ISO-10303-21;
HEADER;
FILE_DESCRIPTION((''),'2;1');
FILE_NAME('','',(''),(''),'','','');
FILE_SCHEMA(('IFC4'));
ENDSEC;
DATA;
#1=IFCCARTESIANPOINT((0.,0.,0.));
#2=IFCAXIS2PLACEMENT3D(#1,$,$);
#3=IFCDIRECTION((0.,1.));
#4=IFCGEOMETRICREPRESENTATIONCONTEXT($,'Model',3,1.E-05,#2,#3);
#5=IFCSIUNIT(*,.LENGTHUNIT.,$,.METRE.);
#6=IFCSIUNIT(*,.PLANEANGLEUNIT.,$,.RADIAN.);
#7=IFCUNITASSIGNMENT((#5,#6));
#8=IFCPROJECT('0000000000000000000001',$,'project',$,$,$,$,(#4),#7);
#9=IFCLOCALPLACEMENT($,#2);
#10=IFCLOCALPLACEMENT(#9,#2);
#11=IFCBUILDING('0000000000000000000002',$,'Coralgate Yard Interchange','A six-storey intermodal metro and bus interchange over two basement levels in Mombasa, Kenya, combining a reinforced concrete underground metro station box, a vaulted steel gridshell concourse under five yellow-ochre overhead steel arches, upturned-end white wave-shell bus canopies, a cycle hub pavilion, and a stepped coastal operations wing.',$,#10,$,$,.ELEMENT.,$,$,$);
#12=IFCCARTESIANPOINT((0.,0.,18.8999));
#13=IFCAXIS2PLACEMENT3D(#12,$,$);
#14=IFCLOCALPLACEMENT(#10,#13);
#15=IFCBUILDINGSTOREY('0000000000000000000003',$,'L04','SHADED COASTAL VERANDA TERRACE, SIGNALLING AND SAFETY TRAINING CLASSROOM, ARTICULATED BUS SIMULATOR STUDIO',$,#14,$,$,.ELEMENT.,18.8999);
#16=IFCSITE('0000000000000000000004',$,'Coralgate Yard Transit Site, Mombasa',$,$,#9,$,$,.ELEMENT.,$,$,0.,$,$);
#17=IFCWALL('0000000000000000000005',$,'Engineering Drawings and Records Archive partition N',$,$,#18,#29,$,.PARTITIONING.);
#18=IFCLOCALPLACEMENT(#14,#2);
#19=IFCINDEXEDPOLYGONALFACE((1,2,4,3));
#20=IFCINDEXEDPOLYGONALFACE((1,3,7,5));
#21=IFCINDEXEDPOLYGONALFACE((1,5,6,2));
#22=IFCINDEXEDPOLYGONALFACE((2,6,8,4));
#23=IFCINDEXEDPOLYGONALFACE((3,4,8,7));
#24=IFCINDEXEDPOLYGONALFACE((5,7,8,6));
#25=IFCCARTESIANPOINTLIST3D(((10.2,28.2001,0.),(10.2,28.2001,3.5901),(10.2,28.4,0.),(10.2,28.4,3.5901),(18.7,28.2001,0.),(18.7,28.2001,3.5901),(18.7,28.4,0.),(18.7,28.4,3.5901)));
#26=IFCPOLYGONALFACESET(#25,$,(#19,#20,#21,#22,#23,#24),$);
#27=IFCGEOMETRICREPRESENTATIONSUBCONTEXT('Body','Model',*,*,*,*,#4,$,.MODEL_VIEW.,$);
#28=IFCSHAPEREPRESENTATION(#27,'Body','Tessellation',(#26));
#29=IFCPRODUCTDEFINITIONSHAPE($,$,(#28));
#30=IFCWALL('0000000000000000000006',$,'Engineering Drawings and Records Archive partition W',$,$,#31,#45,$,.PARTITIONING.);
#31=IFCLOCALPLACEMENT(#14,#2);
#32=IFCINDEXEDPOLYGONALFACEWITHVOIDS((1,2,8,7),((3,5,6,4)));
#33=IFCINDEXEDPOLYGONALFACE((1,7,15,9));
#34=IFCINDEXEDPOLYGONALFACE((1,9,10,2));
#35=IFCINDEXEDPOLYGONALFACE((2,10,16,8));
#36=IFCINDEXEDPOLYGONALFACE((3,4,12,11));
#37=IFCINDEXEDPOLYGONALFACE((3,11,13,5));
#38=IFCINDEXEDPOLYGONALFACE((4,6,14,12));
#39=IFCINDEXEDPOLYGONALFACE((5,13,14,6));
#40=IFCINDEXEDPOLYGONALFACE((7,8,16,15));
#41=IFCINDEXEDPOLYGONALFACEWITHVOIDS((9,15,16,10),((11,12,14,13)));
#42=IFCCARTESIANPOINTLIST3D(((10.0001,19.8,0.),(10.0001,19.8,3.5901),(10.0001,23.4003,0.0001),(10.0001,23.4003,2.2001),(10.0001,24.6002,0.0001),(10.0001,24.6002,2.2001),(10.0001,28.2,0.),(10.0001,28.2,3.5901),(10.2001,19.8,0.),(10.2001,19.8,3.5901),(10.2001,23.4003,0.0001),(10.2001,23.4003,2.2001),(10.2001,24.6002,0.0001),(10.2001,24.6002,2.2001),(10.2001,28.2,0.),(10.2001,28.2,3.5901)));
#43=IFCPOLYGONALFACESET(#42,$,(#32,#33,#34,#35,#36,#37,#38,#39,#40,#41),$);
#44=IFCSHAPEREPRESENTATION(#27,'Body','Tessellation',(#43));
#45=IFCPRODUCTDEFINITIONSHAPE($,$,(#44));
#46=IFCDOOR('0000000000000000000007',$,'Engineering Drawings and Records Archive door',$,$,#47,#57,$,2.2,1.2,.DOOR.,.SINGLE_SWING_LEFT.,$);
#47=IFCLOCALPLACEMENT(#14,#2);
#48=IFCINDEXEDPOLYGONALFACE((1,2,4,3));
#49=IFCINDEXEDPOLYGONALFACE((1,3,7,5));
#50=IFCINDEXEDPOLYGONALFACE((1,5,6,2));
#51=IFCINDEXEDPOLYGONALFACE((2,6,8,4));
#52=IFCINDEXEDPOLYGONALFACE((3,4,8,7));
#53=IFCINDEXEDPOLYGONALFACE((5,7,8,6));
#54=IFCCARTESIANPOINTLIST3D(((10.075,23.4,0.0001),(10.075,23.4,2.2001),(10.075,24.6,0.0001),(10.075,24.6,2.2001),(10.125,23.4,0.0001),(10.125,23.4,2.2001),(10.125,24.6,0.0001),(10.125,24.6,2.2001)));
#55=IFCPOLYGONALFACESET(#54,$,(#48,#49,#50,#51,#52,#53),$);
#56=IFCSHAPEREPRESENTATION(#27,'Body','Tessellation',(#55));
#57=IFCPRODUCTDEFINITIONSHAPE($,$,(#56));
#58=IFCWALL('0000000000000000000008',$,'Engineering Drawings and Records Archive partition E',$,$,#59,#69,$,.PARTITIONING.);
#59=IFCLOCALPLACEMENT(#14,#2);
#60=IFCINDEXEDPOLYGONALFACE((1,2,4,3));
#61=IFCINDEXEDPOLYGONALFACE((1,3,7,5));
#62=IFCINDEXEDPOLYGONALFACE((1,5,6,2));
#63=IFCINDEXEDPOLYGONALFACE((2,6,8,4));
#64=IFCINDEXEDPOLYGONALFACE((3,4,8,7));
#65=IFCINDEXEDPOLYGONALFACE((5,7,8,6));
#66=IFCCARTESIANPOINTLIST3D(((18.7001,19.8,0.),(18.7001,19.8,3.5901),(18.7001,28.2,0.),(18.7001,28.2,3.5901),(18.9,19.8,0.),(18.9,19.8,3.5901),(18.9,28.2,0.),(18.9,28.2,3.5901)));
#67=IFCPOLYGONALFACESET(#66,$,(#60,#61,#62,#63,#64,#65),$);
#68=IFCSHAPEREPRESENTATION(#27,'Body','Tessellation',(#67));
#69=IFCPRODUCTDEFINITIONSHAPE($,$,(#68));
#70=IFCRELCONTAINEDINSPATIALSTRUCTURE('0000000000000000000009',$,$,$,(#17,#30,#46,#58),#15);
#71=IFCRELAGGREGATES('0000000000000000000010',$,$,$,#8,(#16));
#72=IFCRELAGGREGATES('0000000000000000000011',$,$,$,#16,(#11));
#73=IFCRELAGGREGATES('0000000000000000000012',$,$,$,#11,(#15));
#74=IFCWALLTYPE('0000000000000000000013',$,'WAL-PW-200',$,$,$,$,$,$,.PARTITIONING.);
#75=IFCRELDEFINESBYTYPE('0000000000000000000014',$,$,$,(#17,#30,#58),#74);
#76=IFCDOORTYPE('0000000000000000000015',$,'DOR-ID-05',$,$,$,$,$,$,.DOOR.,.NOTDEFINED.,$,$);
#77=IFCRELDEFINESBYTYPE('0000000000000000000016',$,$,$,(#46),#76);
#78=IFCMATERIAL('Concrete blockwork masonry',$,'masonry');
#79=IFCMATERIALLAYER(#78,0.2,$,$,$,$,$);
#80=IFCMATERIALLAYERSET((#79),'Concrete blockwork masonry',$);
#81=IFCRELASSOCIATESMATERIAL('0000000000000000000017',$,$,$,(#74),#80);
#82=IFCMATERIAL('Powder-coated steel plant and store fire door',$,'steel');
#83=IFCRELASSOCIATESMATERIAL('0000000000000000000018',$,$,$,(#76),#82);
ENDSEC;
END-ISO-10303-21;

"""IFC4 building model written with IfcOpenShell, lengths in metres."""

from ifc_helpers import new_model, si_unit, direction, frame, frame_2d, origin, place, context, subcontext, project, spatial, rectangle, extrude, material, layer, layer_set, type_object, element, fill, save


model = new_model("IFC4")

# Units and contexts
model_context = context("Model", 3, precision=1e-05, world=origin(), true_north=direction((0.0, 1.0)))
body_context = subcontext(model_context, "Body", "Model", "MODEL_VIEW")
ifc_project = project(units=[si_unit("LENGTHUNIT", "METRE"), si_unit("PLANEANGLEUNIT", "RADIAN")], contexts=[model_context])

# Site, building, storey
site_placement = place(None, origin())
site = spatial("IfcSite", under=ifc_project, at=site_placement, Name="Coralgate Yard Transit Site, Mombasa", CompositionType="ELEMENT", RefElevation=0.0)
building_placement = place(site_placement, origin())
building = spatial("IfcBuilding", under=site, at=building_placement, Name="Coralgate Yard Interchange", Description="A six-storey intermodal metro and bus interchange over two basement levels in Mombasa, Kenya, combining a reinforced concrete underground metro station box, a vaulted steel gridshell concourse under five yellow-ochre overhead steel arches, upturned-end white wave-shell bus canopies, a cycle hub pavilion, and a stepped coastal operations wing.", CompositionType="ELEMENT")
storey_placement = place(building_placement, frame((0.0, 0.0, 18.8999)))
storey = spatial("IfcBuildingStorey", under=building, at=storey_placement, Name="L04", Description="SHADED COASTAL VERANDA TERRACE, SIGNALLING AND SAFETY TRAINING CLASSROOM, ARTICULATED BUS SIMULATOR STUDIO", CompositionType="ELEMENT", Elevation=18.8999)

# Wall
ifc_material_1 = material(Name="Concrete blockwork masonry", Category="masonry")
ifc_layer_1 = layer(ifc_material_1, 0.2)
ifc_layer_set_1 = layer_set([ifc_layer_1], Name="Concrete blockwork masonry")
wall_type = type_object("IfcWallType", Name="WAL-PW-200", PredefinedType="PARTITIONING", material=ifc_layer_set_1)
for number, where, z_axis, x_axis, name in (
    (1, (10.2, 28.3, 0.0), (0.0, 0.0, 1.0), (1.0, 0.0, 0.0), "Engineering Drawings and Records Archive partition N"),
):
    element("IfcWall", number, at=place(storey_placement, frame(where, z_axis=z_axis, x_axis=x_axis)), inside=storey, type_object=wall_type, Name=name, PredefinedType="PARTITIONING", context=body_context, shape_type="SweptSolid", body=[
        extrude(rectangle(XDim=8.5, YDim=0.2, at=frame_2d((4.25, 0.0))), origin(), (0.0, 0.0, 1.0), 3.5901),
    ])

# Wall, opening, door
wall_1_placement = place(storey_placement, frame((10.1001, 19.8, 0.0), z_axis=(0.0, 0.0, 1.0), x_axis=(0.0, 1.0, 0.0)))
wall_1 = element("IfcWall", 2, at=wall_1_placement, inside=storey, type_object=wall_type, Name="Engineering Drawings and Records Archive partition W", PredefinedType="PARTITIONING", context=body_context, shape_type="SweptSolid", body=[
    extrude(rectangle(XDim=8.3999, YDim=0.2, at=frame_2d((4.2, 0.0))), origin(), (0.0, 0.0, 1.0), 3.5901),
])
opening_placement = place(wall_1_placement, frame((3.6001, 0.0, 0.0)))
opening = element("IfcOpeningElement", 3, at=opening_placement, cuts=wall_1, PredefinedType="OPENING", context=body_context, shape_type="SweptSolid", body=[
    extrude(rectangle(XDim=1.2, YDim=2.2, at=frame_2d((0.6001, 1.1001))), frame((0.0, 0.1099, 0.0), z_axis=(0.0, -1.0, 0.0), x_axis=(1.0, 0.0, 0.0)), (0.0, 0.0, 1.0), 0.22),
])
ifc_material_2 = material(Name="Powder-coated steel plant and store fire door", Category="steel")
door_type = type_object("IfcDoorType", Name="DOR-ID-05", OperationType="NOTDEFINED", PredefinedType="DOOR", material=ifc_material_2)
door_placement = place(opening_placement, frame((1.2, 0.0, 0.0), z_axis=(0.0, 0.0, 1.0), x_axis=(-1.0, 0.0, 0.0)))
door = element("IfcDoor", 4, at=door_placement, inside=storey, type_object=door_type, Name="Engineering Drawings and Records Archive door", OperationType="SINGLE_SWING_LEFT", OverallHeight=2.2, OverallWidth=1.2, PredefinedType="DOOR", context=body_context, shape_type="SweptSolid", body=[
    extrude(rectangle(XDim=1.2, YDim=2.2, at=frame_2d((0.6001, 1.1001))), frame((0.0, 0.0249, 0.0), z_axis=(0.0, -1.0, 0.0), x_axis=(1.0, 0.0, 0.0)), (0.0, 0.0, 1.0), 0.05),
])
fill(opening, door)

# Wall
wall_2_placement = place(storey_placement, frame((18.8, 28.2, 0.0), z_axis=(0.0, 0.0, 1.0), x_axis=(0.0, -1.0, 0.0)))
element("IfcWall", 5, at=wall_2_placement, inside=storey, type_object=wall_type, Name="Engineering Drawings and Records Archive partition E", PredefinedType="PARTITIONING", context=body_context, shape_type="SweptSolid", body=[
    extrude(rectangle(XDim=8.3999, YDim=0.2, at=frame_2d((4.2, 0.0))), origin(), (0.0, 0.0, 1.0), 3.5901),
])

save(model, "model.ifc")
